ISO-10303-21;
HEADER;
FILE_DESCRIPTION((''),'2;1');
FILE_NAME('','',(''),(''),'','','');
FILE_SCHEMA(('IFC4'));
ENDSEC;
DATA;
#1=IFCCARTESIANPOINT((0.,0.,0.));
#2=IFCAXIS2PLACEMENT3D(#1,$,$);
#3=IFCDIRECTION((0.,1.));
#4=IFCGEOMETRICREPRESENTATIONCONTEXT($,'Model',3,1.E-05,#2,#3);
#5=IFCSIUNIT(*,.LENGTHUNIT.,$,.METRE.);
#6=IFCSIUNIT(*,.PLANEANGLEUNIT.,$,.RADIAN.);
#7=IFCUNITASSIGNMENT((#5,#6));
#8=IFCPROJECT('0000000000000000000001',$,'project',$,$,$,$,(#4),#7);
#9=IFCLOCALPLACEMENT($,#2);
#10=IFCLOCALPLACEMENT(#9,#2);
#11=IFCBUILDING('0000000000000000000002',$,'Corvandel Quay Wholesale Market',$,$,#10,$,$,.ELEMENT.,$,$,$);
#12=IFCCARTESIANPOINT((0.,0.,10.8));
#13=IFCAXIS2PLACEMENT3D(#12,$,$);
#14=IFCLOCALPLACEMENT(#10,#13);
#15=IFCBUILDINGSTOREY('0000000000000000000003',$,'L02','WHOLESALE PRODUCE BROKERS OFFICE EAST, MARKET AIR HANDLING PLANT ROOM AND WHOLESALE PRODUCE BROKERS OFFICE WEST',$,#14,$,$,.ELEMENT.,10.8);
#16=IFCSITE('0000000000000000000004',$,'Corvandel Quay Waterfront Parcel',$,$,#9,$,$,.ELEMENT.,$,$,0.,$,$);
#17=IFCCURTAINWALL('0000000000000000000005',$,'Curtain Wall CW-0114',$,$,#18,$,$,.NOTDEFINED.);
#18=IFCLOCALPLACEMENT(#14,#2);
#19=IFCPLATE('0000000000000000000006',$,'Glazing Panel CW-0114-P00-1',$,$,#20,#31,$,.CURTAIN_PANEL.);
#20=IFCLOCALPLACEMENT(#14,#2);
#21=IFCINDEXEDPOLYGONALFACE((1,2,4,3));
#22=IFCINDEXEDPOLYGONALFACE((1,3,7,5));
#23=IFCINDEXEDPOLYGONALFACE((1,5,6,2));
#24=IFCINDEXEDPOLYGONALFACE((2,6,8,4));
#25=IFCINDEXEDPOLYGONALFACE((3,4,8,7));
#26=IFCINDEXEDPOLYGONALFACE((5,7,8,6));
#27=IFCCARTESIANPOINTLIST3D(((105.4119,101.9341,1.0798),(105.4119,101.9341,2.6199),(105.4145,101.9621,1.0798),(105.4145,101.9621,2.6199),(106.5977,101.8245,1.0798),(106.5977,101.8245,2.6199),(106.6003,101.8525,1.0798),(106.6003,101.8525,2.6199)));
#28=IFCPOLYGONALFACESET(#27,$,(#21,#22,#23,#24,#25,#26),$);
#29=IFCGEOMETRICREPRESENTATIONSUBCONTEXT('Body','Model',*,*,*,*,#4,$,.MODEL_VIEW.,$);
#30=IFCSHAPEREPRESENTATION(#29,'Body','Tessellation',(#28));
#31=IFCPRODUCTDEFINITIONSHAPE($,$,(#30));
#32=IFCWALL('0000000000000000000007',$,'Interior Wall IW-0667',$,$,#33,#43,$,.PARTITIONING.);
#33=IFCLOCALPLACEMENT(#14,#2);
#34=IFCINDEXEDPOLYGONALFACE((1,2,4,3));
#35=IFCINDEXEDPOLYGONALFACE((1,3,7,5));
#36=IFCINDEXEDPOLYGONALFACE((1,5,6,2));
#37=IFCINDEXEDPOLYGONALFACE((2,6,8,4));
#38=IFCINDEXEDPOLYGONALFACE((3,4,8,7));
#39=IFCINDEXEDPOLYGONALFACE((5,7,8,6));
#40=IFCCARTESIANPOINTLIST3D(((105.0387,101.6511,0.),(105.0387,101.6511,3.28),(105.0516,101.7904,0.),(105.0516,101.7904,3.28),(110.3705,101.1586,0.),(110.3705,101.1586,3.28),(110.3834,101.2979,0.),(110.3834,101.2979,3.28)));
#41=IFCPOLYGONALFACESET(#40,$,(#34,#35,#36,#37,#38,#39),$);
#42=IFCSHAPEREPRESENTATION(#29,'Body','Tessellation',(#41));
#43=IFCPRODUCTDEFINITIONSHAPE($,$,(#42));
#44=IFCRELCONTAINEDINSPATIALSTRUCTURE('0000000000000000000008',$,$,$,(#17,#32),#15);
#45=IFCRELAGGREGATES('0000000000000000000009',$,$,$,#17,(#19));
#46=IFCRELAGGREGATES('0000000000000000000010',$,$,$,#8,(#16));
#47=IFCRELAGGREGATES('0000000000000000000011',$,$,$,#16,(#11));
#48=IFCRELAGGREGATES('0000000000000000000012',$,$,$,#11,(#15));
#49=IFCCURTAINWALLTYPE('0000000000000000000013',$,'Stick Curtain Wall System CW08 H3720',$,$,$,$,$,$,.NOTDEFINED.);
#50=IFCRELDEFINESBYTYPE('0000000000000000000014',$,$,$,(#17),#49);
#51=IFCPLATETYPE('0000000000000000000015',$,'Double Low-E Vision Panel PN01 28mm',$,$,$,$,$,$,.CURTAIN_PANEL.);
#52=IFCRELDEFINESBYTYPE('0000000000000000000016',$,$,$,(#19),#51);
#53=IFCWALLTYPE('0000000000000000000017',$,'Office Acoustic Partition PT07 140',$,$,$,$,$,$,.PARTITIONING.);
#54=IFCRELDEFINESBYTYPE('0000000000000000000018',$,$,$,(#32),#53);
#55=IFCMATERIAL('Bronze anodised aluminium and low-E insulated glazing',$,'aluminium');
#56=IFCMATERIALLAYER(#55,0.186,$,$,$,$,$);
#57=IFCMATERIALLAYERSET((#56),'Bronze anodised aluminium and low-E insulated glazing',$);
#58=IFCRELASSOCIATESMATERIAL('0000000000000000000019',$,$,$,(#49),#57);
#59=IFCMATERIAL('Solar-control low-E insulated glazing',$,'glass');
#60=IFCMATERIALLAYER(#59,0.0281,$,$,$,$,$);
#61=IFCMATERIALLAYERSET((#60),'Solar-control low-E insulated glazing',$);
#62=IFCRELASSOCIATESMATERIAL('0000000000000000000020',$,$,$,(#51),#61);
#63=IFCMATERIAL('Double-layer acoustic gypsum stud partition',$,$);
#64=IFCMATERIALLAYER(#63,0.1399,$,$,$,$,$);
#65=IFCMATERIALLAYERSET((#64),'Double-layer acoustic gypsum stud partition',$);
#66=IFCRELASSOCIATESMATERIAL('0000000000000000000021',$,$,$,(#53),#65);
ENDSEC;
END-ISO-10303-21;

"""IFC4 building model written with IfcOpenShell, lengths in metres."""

from ifc_helpers import new_model, si_unit, direction, frame, frame_2d, origin, origin_2d, place, context, subcontext, project, spatial, rectangle, extrude, material, layer, layer_set, type_object, element, aggregate, save


model = new_model("IFC4")

# Units and contexts
model_context = context("Model", 3, precision=1e-05, world=origin(), true_north=direction((0.0, 1.0)))
body_context = subcontext(model_context, "Body", "Model", "MODEL_VIEW")
ifc_project = project(units=[si_unit("LENGTHUNIT", "METRE"), si_unit("PLANEANGLEUNIT", "RADIAN")], contexts=[model_context])

# Site, building, storey
site_placement = place(None, origin())
site = spatial("IfcSite", under=ifc_project, at=site_placement, Name="Corvandel Quay Waterfront Parcel", CompositionType="ELEMENT", RefElevation=0.0)
building_placement = place(site_placement, origin())
building = spatial("IfcBuilding", under=site, at=building_placement, Name="Corvandel Quay Wholesale Market", CompositionType="ELEMENT")
storey_placement = place(building_placement, frame((0.0, 0.0, 10.8)))
storey = spatial("IfcBuildingStorey", under=building, at=storey_placement, Name="L02", Description="WHOLESALE PRODUCE BROKERS OFFICE EAST, MARKET AIR HANDLING PLANT ROOM AND WHOLESALE PRODUCE BROKERS OFFICE WEST", CompositionType="ELEMENT", Elevation=10.8)

# Shared definitions
ifc_material_1 = material(Name="Bronze anodised aluminium and low-E insulated glazing", Category="aluminium")

# Curtain wall
ifc_layer_1 = layer(ifc_material_1, 0.186)
ifc_layer_set_1 = layer_set([ifc_layer_1], Name="Bronze anodised aluminium and low-E insulated glazing")
curtain_wall_type_1 = type_object("IfcCurtainWallType", Name="Stick Curtain Wall System CW08 H3720", PredefinedType="NOTDEFINED", material=ifc_layer_set_1)
curtain_wall_1_placement = place(storey_placement, origin())
curtain_wall_1 = element("IfcCurtainWall", 1, at=curtain_wall_1_placement, inside=storey, type_object=curtain_wall_type_1, Name="Curtain Wall CW-0114", PredefinedType="NOTDEFINED")

# Plate
ifc_material_2 = material(Name="Solar-control low-E insulated glazing", Category="glass")
ifc_layer_2 = layer(ifc_material_2, 0.0281)
ifc_layer_set_2 = layer_set([ifc_layer_2], Name="Solar-control low-E insulated glazing")
plate_type_1 = type_object("IfcPlateType", Name="Double Low-E Vision Panel PN01 28mm", PredefinedType="CURTAIN_PANEL", material=ifc_layer_set_2)
plate_1_placement = place(storey_placement, frame((106.0061, 101.8933, 1.0798), z_axis=(0.0, 0.0, 1.0), x_axis=(-0.995757, 0.092023, 0.0)))
plate_1 = element("IfcPlate", 2, at=plate_1_placement, type_object=plate_type_1, Name="Glazing Panel CW-0114-P00-1", PredefinedType="CURTAIN_PANEL", context=body_context, shape_type="SweptSolid", body=[
    extrude(rectangle(XDim=1.1909, YDim=0.0281, at=origin_2d()), origin(), (0.0, 0.0, 1.0), 1.54),
])
aggregate(curtain_wall_1, [plate_1])

# Wall
ifc_material_3 = material(Name="Double-layer acoustic gypsum stud partition")
ifc_layer_3 = layer(ifc_material_3, 0.1399)
ifc_layer_set_3 = layer_set([ifc_layer_3], Name="Double-layer acoustic gypsum stud partition")
wall_type = type_object("IfcWallType", Name="Office Acoustic Partition PT07 140", PredefinedType="PARTITIONING", material=ifc_layer_set_3)
wall_placement = place(storey_placement, frame((105.0452, 101.7207, 0.0), z_axis=(0.0, 0.0, 1.0), x_axis=(0.995762, -0.091966, 0.0)))
element("IfcWall", 3, at=wall_placement, inside=storey, type_object=wall_type, Name="Interior Wall IW-0667", PredefinedType="PARTITIONING", context=body_context, shape_type="SweptSolid", body=[
    extrude(rectangle(XDim=5.3545, YDim=0.1399, at=frame_2d((2.6772, 0.0))), origin(), (0.0, 0.0, 1.0), 3.28),
])

save(model, "model.ifc")
